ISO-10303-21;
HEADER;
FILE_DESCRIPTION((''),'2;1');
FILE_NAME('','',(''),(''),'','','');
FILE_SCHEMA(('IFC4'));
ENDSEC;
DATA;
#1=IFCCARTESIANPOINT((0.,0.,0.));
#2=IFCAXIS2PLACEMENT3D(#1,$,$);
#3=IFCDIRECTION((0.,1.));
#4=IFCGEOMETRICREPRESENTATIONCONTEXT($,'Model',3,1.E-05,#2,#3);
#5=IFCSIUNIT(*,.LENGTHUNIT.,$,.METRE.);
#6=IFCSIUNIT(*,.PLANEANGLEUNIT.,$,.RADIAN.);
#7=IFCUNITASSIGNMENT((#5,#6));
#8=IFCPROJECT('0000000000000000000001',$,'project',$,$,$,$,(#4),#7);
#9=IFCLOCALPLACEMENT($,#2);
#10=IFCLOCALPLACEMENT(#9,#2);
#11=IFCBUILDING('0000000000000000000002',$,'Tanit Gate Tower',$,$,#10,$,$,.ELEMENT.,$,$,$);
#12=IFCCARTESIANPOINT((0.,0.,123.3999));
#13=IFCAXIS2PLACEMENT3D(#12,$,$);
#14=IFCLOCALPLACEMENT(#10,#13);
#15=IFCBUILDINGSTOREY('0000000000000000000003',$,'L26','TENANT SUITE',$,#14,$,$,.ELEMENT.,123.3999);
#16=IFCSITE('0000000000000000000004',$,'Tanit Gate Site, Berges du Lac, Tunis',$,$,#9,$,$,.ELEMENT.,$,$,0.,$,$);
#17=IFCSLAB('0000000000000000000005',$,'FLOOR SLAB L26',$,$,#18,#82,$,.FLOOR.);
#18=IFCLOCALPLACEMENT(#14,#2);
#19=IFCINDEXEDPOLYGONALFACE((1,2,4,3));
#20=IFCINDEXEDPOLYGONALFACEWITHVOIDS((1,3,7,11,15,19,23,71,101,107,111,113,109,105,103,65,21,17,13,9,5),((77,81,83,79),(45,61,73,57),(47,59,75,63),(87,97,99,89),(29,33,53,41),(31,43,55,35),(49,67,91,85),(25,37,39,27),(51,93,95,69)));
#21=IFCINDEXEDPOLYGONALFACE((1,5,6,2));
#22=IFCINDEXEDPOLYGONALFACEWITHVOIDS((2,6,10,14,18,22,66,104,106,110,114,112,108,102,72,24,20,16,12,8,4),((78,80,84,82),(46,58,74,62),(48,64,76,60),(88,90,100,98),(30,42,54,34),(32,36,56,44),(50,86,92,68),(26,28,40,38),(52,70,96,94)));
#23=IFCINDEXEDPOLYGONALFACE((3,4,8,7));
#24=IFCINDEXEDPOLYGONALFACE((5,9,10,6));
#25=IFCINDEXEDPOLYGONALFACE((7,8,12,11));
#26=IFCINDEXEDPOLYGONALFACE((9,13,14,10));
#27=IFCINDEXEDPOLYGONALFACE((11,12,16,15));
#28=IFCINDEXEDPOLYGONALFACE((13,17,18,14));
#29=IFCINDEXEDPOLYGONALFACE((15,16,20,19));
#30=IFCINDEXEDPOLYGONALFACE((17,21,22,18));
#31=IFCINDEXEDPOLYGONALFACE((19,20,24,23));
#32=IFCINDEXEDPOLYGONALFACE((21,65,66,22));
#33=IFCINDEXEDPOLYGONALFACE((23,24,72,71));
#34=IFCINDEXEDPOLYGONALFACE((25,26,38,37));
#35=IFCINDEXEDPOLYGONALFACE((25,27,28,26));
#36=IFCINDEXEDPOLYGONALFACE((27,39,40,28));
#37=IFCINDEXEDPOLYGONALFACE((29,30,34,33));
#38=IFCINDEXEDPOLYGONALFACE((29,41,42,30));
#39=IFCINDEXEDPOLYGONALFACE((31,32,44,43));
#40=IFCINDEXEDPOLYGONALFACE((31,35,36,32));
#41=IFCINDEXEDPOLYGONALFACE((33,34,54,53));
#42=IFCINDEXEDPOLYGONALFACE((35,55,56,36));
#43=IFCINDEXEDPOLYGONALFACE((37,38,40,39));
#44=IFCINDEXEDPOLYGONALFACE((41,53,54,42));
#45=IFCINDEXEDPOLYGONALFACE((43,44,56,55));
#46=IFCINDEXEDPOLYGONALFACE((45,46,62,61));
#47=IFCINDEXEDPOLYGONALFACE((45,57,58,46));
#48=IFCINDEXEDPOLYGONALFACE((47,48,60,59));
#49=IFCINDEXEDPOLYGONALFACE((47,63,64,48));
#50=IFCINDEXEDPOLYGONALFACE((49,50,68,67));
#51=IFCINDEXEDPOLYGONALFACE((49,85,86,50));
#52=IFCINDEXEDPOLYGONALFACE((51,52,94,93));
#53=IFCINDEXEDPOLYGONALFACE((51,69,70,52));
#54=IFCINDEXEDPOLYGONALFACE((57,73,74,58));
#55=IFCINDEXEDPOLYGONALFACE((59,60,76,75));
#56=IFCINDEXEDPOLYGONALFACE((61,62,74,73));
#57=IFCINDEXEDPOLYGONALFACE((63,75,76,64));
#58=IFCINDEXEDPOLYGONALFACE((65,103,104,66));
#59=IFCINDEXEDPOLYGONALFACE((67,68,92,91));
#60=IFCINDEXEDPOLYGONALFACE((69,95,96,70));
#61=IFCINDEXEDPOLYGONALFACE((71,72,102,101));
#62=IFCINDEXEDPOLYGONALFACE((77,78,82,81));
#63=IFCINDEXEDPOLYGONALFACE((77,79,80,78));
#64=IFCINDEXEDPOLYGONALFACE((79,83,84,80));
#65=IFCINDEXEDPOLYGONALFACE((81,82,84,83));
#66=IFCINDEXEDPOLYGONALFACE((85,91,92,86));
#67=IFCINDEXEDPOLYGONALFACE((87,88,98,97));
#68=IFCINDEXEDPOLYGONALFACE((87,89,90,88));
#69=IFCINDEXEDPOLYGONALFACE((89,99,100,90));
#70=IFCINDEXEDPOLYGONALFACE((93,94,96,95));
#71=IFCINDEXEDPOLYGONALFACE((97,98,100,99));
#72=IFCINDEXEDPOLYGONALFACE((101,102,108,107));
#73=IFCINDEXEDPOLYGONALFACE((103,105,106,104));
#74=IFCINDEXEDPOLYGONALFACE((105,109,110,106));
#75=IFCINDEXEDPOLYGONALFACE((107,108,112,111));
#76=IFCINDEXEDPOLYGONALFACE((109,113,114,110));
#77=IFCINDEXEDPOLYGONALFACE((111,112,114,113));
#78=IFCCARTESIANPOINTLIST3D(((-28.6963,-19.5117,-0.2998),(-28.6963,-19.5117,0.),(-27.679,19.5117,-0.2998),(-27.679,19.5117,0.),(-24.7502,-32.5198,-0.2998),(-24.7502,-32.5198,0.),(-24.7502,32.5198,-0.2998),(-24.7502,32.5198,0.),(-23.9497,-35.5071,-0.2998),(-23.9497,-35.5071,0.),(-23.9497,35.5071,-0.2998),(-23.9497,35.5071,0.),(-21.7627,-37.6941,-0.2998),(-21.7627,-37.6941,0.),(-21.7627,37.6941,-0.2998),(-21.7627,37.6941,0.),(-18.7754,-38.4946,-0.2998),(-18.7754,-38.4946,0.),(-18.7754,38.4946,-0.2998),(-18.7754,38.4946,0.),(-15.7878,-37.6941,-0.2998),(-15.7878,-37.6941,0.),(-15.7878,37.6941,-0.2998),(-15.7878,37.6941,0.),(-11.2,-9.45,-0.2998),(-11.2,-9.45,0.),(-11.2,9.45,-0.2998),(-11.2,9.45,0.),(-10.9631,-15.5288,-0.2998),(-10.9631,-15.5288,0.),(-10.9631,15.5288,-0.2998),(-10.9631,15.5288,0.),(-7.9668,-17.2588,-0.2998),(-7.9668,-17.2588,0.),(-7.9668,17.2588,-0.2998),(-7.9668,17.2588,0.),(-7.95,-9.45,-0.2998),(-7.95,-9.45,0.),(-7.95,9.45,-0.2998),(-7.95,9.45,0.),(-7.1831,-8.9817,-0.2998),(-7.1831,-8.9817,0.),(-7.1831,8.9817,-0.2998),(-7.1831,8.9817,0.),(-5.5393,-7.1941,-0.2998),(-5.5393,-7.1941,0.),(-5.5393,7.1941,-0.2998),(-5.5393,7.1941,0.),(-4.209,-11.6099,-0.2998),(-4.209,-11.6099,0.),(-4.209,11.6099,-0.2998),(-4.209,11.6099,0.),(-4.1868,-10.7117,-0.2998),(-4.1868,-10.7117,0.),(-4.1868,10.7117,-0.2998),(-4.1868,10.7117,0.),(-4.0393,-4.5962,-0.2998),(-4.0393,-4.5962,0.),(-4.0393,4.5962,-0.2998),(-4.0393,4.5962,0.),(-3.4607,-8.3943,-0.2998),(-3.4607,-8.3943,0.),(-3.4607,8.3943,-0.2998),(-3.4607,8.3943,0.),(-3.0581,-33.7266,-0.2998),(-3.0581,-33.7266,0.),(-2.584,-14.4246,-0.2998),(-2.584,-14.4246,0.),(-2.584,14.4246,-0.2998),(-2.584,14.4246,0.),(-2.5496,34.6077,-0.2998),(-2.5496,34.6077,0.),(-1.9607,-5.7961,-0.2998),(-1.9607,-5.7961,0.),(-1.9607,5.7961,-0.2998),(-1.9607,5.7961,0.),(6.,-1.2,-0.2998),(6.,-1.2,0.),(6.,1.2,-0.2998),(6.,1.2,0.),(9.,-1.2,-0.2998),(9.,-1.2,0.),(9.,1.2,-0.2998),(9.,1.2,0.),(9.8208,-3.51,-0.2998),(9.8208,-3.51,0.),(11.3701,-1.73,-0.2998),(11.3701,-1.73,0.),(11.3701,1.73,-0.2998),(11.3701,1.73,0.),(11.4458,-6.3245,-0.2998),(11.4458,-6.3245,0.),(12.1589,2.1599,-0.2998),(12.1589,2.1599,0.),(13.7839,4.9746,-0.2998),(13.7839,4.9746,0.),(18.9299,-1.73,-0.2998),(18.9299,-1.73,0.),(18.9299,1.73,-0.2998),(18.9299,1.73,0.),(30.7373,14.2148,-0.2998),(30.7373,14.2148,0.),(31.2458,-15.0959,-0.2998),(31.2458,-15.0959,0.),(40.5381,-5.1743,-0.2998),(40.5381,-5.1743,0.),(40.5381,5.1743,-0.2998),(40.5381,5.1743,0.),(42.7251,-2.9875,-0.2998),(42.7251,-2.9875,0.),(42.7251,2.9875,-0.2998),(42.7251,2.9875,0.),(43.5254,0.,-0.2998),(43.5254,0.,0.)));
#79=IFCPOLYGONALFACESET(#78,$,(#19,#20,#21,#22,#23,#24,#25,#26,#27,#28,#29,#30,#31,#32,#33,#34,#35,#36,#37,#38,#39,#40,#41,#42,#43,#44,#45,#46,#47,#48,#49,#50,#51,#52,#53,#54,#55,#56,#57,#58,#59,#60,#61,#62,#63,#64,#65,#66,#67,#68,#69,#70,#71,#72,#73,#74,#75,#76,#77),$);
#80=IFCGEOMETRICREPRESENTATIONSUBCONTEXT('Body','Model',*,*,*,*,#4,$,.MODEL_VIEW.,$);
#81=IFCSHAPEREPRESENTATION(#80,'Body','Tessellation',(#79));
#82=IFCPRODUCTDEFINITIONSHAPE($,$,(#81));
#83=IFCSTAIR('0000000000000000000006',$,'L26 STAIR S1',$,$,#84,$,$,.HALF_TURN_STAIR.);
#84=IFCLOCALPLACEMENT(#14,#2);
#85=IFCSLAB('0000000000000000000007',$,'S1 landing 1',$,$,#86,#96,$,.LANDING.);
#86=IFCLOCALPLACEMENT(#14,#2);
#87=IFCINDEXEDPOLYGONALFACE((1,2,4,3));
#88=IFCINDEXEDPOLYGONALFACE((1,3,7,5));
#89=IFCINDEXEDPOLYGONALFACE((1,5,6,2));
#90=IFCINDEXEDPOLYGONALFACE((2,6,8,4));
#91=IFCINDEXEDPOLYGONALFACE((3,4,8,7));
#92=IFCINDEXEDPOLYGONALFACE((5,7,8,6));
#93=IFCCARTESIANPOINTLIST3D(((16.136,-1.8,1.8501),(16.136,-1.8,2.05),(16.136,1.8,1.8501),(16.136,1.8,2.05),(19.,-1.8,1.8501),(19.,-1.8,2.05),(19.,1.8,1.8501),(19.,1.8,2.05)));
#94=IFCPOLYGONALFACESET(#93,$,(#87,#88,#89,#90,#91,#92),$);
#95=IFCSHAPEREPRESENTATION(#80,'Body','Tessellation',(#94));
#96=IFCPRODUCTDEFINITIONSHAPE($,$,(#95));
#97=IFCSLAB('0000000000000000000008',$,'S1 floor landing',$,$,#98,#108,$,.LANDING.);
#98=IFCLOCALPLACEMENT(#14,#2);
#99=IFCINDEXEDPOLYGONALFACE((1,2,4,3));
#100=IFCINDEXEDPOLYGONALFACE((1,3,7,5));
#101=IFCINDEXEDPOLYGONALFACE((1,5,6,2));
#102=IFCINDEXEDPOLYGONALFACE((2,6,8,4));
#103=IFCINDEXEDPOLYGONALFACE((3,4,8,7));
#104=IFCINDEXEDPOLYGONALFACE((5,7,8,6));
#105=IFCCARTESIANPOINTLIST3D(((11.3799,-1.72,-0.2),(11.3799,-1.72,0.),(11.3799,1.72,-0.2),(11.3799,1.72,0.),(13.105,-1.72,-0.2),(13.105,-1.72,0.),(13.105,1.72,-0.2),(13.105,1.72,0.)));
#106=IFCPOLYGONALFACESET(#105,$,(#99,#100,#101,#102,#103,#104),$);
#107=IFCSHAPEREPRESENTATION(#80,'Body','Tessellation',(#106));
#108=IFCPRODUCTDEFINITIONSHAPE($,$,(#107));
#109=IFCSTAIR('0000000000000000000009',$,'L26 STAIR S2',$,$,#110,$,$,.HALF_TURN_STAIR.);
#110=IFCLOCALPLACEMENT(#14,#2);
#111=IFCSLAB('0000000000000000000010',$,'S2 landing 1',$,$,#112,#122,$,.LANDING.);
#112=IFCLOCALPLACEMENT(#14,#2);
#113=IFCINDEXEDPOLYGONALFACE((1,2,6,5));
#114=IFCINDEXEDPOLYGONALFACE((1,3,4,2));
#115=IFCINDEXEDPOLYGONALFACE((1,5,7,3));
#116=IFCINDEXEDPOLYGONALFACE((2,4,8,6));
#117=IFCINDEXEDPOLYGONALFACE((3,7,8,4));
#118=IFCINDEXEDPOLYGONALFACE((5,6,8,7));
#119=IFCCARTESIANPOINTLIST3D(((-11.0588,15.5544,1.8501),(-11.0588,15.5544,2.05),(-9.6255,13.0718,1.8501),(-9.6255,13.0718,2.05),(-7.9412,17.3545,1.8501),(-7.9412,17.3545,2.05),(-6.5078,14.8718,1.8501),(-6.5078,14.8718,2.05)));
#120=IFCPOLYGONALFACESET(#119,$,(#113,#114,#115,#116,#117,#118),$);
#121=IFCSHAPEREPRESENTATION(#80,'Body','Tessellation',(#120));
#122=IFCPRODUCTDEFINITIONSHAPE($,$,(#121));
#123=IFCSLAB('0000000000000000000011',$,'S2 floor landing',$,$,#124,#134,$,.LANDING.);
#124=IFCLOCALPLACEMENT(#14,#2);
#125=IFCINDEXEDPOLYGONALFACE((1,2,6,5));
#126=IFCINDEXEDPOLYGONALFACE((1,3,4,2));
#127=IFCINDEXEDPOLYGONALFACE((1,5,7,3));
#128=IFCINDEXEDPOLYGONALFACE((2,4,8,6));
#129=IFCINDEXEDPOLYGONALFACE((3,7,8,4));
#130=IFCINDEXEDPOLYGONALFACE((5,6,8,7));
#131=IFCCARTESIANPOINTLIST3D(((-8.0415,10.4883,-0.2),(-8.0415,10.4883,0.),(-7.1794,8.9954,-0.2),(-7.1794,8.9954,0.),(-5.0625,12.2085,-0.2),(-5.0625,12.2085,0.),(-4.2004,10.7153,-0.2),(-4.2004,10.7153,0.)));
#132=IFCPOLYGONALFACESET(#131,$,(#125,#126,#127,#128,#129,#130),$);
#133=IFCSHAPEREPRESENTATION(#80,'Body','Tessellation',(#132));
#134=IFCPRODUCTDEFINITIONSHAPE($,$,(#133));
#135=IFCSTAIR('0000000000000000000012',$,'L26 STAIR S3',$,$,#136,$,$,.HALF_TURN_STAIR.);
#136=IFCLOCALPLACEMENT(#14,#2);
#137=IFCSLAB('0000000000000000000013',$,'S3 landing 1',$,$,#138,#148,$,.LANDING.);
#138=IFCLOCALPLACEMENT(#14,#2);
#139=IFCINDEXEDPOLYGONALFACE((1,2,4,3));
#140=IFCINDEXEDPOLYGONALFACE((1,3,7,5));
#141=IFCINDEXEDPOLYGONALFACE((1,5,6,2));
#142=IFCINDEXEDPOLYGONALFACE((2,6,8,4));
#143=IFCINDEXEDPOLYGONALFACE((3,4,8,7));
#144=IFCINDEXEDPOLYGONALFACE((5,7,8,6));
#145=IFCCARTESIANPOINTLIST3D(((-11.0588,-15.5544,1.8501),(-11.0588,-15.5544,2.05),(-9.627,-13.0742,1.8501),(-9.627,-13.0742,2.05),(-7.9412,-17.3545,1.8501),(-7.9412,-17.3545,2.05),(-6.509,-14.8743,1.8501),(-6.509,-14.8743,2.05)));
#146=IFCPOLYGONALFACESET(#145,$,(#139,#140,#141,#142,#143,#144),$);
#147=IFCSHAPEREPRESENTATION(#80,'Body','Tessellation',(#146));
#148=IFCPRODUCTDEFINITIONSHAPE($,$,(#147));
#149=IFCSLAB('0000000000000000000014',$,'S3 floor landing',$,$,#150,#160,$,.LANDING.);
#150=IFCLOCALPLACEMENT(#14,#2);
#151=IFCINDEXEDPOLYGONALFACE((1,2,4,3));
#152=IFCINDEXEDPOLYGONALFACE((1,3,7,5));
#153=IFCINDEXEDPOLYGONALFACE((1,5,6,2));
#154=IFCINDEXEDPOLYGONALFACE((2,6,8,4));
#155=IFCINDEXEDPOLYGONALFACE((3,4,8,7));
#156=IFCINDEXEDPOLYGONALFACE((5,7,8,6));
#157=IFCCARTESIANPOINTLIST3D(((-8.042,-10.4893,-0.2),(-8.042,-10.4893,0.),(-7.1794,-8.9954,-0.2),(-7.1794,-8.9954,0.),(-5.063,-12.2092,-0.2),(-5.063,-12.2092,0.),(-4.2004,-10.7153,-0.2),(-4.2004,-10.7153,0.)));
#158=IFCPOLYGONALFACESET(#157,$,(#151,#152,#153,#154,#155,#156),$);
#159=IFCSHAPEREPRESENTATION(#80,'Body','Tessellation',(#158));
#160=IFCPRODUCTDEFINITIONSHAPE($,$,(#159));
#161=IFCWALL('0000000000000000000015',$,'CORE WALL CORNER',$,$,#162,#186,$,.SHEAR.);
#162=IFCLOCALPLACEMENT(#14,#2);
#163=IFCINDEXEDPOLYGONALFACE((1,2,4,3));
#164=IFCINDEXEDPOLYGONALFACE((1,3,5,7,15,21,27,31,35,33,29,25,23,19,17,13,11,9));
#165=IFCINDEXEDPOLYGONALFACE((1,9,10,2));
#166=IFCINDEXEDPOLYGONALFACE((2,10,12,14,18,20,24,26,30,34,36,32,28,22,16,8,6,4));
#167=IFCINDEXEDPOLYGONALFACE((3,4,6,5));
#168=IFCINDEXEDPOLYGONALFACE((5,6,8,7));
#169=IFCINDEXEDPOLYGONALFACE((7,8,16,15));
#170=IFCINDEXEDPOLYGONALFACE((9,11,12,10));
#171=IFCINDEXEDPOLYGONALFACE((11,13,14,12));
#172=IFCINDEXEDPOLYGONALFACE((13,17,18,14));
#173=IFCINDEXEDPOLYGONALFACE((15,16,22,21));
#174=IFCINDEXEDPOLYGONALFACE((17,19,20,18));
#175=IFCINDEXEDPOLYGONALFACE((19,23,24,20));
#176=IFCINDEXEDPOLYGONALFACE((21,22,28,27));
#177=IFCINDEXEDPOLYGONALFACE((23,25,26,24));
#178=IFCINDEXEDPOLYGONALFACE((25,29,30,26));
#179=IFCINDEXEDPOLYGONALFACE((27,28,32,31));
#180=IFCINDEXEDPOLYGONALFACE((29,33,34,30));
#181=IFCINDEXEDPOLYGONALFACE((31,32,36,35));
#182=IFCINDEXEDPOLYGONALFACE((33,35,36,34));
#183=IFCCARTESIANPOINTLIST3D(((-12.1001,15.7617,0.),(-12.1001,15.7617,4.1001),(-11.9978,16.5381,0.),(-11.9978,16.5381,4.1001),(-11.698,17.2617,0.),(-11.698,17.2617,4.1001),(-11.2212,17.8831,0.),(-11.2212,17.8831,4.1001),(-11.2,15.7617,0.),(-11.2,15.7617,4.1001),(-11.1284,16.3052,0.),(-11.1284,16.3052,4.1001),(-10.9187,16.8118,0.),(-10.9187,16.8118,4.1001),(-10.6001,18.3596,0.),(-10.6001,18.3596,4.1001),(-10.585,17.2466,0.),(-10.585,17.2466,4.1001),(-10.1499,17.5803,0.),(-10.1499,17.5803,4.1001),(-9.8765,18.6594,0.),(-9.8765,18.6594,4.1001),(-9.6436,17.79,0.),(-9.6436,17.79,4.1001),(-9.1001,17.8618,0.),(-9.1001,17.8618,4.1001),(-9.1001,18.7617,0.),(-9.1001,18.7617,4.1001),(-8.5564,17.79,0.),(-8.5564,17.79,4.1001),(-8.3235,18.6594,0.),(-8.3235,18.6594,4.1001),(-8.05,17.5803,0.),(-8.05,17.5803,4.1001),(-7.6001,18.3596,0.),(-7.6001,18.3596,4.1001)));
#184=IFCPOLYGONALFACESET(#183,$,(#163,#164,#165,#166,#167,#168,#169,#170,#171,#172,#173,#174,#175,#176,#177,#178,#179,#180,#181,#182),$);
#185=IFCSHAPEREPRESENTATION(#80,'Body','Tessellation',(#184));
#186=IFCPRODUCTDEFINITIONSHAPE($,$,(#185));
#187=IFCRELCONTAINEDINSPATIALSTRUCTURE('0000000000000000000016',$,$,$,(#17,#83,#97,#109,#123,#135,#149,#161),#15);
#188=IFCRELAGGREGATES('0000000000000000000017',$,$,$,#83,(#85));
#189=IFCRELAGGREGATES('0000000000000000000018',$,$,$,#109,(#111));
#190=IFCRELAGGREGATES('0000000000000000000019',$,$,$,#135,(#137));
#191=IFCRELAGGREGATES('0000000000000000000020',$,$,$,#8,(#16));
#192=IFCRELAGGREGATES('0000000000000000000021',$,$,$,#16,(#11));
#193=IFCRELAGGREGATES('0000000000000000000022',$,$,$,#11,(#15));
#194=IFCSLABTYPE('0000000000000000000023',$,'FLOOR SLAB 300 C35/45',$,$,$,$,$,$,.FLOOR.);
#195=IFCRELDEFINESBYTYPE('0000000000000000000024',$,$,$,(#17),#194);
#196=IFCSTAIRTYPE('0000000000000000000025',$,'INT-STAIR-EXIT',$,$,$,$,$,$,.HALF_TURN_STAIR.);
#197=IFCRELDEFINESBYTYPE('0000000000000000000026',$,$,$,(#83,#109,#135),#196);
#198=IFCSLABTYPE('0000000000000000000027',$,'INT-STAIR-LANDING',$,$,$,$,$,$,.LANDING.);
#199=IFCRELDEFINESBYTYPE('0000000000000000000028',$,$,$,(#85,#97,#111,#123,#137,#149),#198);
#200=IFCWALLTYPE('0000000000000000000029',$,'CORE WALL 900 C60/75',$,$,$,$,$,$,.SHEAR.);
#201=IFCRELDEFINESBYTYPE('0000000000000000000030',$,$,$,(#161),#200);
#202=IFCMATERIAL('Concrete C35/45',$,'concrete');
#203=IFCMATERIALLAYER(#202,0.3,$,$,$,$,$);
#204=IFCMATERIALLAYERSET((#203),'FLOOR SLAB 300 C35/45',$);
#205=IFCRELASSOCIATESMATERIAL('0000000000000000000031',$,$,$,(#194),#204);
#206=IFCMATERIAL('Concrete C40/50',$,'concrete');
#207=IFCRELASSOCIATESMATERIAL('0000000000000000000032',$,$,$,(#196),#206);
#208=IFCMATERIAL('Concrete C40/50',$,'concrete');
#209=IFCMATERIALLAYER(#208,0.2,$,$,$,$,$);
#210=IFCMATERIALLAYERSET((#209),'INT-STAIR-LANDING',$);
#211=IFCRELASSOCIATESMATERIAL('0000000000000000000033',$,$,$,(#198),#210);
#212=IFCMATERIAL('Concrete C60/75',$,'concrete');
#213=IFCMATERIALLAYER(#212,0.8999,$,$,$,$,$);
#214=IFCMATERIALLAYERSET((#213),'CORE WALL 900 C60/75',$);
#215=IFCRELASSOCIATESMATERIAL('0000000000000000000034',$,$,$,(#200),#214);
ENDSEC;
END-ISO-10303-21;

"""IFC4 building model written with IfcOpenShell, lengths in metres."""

from ifc_helpers import new_model, si_unit, direction, frame, origin, place, context, subcontext, project, spatial, polyline, outline, extrude, material, layer, layer_set, type_object, element, aggregate, save


model = new_model("IFC4")

# Units and contexts
model_context = context("Model", 3, precision=1e-05, world=origin(), true_north=direction((0.0, 1.0)))
body_context = subcontext(model_context, "Body", "Model", "MODEL_VIEW")
ifc_project = project(units=[si_unit("LENGTHUNIT", "METRE"), si_unit("PLANEANGLEUNIT", "RADIAN")], contexts=[model_context])

# Site, building, storey
site_placement = place(None, origin())
site = spatial("IfcSite", under=ifc_project, at=site_placement, Name="Tanit Gate Site, Berges du Lac, Tunis", CompositionType="ELEMENT", RefElevation=0.0)
building_placement = place(site_placement, origin())
building = spatial("IfcBuilding", under=site, at=building_placement, Name="Tanit Gate Tower", CompositionType="ELEMENT")
storey_placement = place(building_placement, frame((0.0, 0.0, 123.3999)))
storey = spatial("IfcBuildingStorey", under=building, at=storey_placement, Name="L26", Description="TENANT SUITE", CompositionType="ELEMENT", Elevation=123.3999)

# Slab
ifc_material_1 = material(Name="Concrete C35/45", Category="concrete")
ifc_layer_1 = layer(ifc_material_1, 0.3)
ifc_layer_set_1 = layer_set([ifc_layer_1], Name="FLOOR SLAB 300 C35/45")
slab_type_1 = type_object("IfcSlabType", Name="FLOOR SLAB 300 C35/45", PredefinedType="FLOOR", material=ifc_layer_set_1)
slab_1_placement = place(storey_placement, frame((0.0, 0.0, -0.2998)))
element("IfcSlab", 1, at=slab_1_placement, inside=storey, type_object=slab_type_1, Name="FLOOR SLAB L26", PredefinedType="FLOOR", context=body_context, shape_type="SweptSolid", body=[
    extrude(outline(polyline([(40.5381, 5.1743), (42.7251, 2.9875), (43.5254, 0.0), (42.7251, -2.9875), (40.5381, -5.1743), (31.2458, -15.0959), (-3.0581, -33.7266), (-15.7878, -37.6941), (-18.7754, -38.4946), (-21.7627, -37.6941), (-23.9497, -35.5071), (-24.7502, -32.5198), (-28.6963, -19.5117), (-27.679, 19.5117), (-24.7502, 32.5198), (-23.9497, 35.5071), (-21.7627, 37.6941), (-18.7754, 38.4946), (-15.7878, 37.6941), (-2.5496, 34.6077), (30.7373, 14.2148), (40.5381, 5.1743)]), holes=[polyline([(11.3701, 1.73), (18.9299, 1.73), (18.9299, -1.73), (11.3701, -1.73), (11.3701, 1.73)]), polyline([(-4.209, 11.6099), (-2.584, 14.4246), (13.7839, 4.9746), (12.1589, 2.1599), (-4.209, 11.6099)]), polyline([(-4.209, -11.6099), (9.8208, -3.51), (11.4458, -6.3245), (-2.584, -14.4246), (-4.209, -11.6099)]), polyline([(9.0, 1.2), (9.0, -1.2), (6.0, -1.2), (6.0, 1.2), (9.0, 1.2)]), polyline([(-5.5393, 7.1941), (-3.4607, 8.3943), (-1.9607, 5.7961), (-4.0393, 4.5962), (-5.5393, 7.1941)]), polyline([(-1.9607, -5.7961), (-3.4607, -8.3943), (-5.5393, -7.1941), (-4.0393, -4.5962), (-1.9607, -5.7961)]), polyline([(-10.9631, 15.5288), (-7.9668, 17.2588), (-4.1868, 10.7117), (-7.1831, 8.9817), (-10.9631, 15.5288)]), polyline([(-4.1868, -10.7117), (-7.9668, -17.2588), (-10.9631, -15.5288), (-7.1831, -8.9817), (-4.1868, -10.7117)]), polyline([(-11.2, -9.45), (-11.2, 9.45), (-7.95, 9.45), (-7.95, -9.45), (-11.2, -9.45)])]), origin(), (0.0, 0.0, 1.0), 0.2998),
])

# Stair, slab
ifc_material_2 = material(Name="Concrete C40/50", Category="concrete")
stair_type = type_object("IfcStairType", Name="INT-STAIR-EXIT", PredefinedType="HALF_TURN_STAIR", material=ifc_material_2)
stair_1_placement = place(storey_placement, origin())
stair_1 = element("IfcStair", 2, at=stair_1_placement, inside=storey, type_object=stair_type, Name="L26 STAIR S1", PredefinedType="HALF_TURN_STAIR")
ifc_material_3 = material(Name="Concrete C40/50", Category="concrete")
ifc_layer_2 = layer(ifc_material_3, 0.2)
ifc_layer_set_2 = layer_set([ifc_layer_2], Name="INT-STAIR-LANDING")
slab_type_2 = type_object("IfcSlabType", Name="INT-STAIR-LANDING", PredefinedType="LANDING", material=ifc_layer_set_2)
slab_2_placement = place(storey_placement, frame((0.0, 0.0, 1.8501)))
slab_2 = element("IfcSlab", 3, at=slab_2_placement, type_object=slab_type_2, Name="S1 landing 1", PredefinedType="LANDING", context=body_context, shape_type="SweptSolid", body=[
    extrude(outline(polyline([(16.136, -1.8), (19.0, -1.8), (19.0, 1.8), (16.136, 1.8), (16.136, -1.8)])), origin(), (0.0, 0.0, 1.0), 0.2),
])
aggregate(stair_1, [slab_2])

# Slab
slab_3_placement = place(storey_placement, frame((0.0, 0.0, -0.2)))
element("IfcSlab", 4, at=slab_3_placement, inside=storey, type_object=slab_type_2, Name="S1 floor landing", PredefinedType="LANDING", context=body_context, shape_type="SweptSolid", body=[
    extrude(outline(polyline([(11.3799, -1.72), (13.105, -1.72), (13.105, 1.72), (11.3799, 1.72), (11.3799, -1.72)])), origin(), (0.0, 0.0, 1.0), 0.2),
])

# Stair, slab
stair_2_placement = place(storey_placement, origin())
stair_2 = element("IfcStair", 5, at=stair_2_placement, inside=storey, type_object=stair_type, Name="L26 STAIR S2", PredefinedType="HALF_TURN_STAIR")
slab_4_placement = place(storey_placement, frame((0.0, 0.0, 1.8501)))
slab_4 = element("IfcSlab", 6, at=slab_4_placement, type_object=slab_type_2, Name="S2 landing 1", PredefinedType="LANDING", context=body_context, shape_type="SweptSolid", body=[
    extrude(outline(polyline([(-6.5078, 14.8718), (-7.9412, 17.3545), (-11.0588, 15.5544), (-9.6255, 13.0718), (-6.5078, 14.8718)])), origin(), (0.0, 0.0, 1.0), 0.2),
])
aggregate(stair_2, [slab_4])

# Slab
slab_5_placement = place(storey_placement, frame((0.0, 0.0, -0.2)))
element("IfcSlab", 7, at=slab_5_placement, inside=storey, type_object=slab_type_2, Name="S2 floor landing", PredefinedType="LANDING", context=body_context, shape_type="SweptSolid", body=[
    extrude(outline(polyline([(-4.2004, 10.7153), (-5.0625, 12.2085), (-8.0415, 10.4883), (-7.1794, 8.9954), (-4.2004, 10.7153)])), origin(), (0.0, 0.0, 1.0), 0.2),
])

# Stair, slab
stair_3_placement = place(storey_placement, origin())
stair_3 = element("IfcStair", 8, at=stair_3_placement, inside=storey, type_object=stair_type, Name="L26 STAIR S3", PredefinedType="HALF_TURN_STAIR")
slab_6_placement = place(storey_placement, frame((0.0, 0.0, 1.8501)))
slab_6 = element("IfcSlab", 9, at=slab_6_placement, type_object=slab_type_2, Name="S3 landing 1", PredefinedType="LANDING", context=body_context, shape_type="SweptSolid", body=[
    extrude(outline(polyline([(-9.627, -13.0742), (-11.0588, -15.5544), (-7.9412, -17.3545), (-6.509, -14.8743), (-9.627, -13.0742)])), origin(), (0.0, 0.0, 1.0), 0.2),
])
aggregate(stair_3, [slab_6])

# Slab
slab_7_placement = place(storey_placement, frame((0.0, 0.0, -0.2)))
element("IfcSlab", 10, at=slab_7_placement, inside=storey, type_object=slab_type_2, Name="S3 floor landing", PredefinedType="LANDING", context=body_context, shape_type="SweptSolid", body=[
    extrude(outline(polyline([(-7.1794, -8.9954), (-8.042, -10.4893), (-5.063, -12.2092), (-4.2004, -10.7153), (-7.1794, -8.9954)])), origin(), (0.0, 0.0, 1.0), 0.2),
])

# Wall
ifc_material_4 = material(Name="Concrete C60/75", Category="concrete")
ifc_layer_3 = layer(ifc_material_4, 0.8999)
ifc_layer_set_3 = layer_set([ifc_layer_3], Name="CORE WALL 900 C60/75")
wall_type_1 = type_object("IfcWallType", Name="CORE WALL 900 C60/75", PredefinedType="SHEAR", material=ifc_layer_set_3)
wall_1_placement = place(storey_placement, origin())
element("IfcWall", 11, at=wall_1_placement, inside=storey, type_object=wall_type_1, Name="CORE WALL CORNER", PredefinedType="SHEAR", context=body_context, shape_type="SweptSolid", body=[
    extrude(outline(polyline([(-7.6001, 18.3596), (-8.3235, 18.6594), (-9.1001, 18.7617), (-9.8765, 18.6594), (-10.6001, 18.3596), (-11.2212, 17.8831), (-11.698, 17.2617), (-11.9978, 16.5381), (-12.1001, 15.7617), (-11.2, 15.7617), (-11.1284, 16.3052), (-10.9187, 16.8118), (-10.585, 17.2466), (-10.1499, 17.5803), (-9.6436, 17.79), (-9.1001, 17.8618), (-8.5564, 17.79), (-8.05, 17.5803), (-7.6001, 18.3596)])), origin(), (0.0, 0.0, 1.0), 4.1001),
])

save(model, "model.ifc")
